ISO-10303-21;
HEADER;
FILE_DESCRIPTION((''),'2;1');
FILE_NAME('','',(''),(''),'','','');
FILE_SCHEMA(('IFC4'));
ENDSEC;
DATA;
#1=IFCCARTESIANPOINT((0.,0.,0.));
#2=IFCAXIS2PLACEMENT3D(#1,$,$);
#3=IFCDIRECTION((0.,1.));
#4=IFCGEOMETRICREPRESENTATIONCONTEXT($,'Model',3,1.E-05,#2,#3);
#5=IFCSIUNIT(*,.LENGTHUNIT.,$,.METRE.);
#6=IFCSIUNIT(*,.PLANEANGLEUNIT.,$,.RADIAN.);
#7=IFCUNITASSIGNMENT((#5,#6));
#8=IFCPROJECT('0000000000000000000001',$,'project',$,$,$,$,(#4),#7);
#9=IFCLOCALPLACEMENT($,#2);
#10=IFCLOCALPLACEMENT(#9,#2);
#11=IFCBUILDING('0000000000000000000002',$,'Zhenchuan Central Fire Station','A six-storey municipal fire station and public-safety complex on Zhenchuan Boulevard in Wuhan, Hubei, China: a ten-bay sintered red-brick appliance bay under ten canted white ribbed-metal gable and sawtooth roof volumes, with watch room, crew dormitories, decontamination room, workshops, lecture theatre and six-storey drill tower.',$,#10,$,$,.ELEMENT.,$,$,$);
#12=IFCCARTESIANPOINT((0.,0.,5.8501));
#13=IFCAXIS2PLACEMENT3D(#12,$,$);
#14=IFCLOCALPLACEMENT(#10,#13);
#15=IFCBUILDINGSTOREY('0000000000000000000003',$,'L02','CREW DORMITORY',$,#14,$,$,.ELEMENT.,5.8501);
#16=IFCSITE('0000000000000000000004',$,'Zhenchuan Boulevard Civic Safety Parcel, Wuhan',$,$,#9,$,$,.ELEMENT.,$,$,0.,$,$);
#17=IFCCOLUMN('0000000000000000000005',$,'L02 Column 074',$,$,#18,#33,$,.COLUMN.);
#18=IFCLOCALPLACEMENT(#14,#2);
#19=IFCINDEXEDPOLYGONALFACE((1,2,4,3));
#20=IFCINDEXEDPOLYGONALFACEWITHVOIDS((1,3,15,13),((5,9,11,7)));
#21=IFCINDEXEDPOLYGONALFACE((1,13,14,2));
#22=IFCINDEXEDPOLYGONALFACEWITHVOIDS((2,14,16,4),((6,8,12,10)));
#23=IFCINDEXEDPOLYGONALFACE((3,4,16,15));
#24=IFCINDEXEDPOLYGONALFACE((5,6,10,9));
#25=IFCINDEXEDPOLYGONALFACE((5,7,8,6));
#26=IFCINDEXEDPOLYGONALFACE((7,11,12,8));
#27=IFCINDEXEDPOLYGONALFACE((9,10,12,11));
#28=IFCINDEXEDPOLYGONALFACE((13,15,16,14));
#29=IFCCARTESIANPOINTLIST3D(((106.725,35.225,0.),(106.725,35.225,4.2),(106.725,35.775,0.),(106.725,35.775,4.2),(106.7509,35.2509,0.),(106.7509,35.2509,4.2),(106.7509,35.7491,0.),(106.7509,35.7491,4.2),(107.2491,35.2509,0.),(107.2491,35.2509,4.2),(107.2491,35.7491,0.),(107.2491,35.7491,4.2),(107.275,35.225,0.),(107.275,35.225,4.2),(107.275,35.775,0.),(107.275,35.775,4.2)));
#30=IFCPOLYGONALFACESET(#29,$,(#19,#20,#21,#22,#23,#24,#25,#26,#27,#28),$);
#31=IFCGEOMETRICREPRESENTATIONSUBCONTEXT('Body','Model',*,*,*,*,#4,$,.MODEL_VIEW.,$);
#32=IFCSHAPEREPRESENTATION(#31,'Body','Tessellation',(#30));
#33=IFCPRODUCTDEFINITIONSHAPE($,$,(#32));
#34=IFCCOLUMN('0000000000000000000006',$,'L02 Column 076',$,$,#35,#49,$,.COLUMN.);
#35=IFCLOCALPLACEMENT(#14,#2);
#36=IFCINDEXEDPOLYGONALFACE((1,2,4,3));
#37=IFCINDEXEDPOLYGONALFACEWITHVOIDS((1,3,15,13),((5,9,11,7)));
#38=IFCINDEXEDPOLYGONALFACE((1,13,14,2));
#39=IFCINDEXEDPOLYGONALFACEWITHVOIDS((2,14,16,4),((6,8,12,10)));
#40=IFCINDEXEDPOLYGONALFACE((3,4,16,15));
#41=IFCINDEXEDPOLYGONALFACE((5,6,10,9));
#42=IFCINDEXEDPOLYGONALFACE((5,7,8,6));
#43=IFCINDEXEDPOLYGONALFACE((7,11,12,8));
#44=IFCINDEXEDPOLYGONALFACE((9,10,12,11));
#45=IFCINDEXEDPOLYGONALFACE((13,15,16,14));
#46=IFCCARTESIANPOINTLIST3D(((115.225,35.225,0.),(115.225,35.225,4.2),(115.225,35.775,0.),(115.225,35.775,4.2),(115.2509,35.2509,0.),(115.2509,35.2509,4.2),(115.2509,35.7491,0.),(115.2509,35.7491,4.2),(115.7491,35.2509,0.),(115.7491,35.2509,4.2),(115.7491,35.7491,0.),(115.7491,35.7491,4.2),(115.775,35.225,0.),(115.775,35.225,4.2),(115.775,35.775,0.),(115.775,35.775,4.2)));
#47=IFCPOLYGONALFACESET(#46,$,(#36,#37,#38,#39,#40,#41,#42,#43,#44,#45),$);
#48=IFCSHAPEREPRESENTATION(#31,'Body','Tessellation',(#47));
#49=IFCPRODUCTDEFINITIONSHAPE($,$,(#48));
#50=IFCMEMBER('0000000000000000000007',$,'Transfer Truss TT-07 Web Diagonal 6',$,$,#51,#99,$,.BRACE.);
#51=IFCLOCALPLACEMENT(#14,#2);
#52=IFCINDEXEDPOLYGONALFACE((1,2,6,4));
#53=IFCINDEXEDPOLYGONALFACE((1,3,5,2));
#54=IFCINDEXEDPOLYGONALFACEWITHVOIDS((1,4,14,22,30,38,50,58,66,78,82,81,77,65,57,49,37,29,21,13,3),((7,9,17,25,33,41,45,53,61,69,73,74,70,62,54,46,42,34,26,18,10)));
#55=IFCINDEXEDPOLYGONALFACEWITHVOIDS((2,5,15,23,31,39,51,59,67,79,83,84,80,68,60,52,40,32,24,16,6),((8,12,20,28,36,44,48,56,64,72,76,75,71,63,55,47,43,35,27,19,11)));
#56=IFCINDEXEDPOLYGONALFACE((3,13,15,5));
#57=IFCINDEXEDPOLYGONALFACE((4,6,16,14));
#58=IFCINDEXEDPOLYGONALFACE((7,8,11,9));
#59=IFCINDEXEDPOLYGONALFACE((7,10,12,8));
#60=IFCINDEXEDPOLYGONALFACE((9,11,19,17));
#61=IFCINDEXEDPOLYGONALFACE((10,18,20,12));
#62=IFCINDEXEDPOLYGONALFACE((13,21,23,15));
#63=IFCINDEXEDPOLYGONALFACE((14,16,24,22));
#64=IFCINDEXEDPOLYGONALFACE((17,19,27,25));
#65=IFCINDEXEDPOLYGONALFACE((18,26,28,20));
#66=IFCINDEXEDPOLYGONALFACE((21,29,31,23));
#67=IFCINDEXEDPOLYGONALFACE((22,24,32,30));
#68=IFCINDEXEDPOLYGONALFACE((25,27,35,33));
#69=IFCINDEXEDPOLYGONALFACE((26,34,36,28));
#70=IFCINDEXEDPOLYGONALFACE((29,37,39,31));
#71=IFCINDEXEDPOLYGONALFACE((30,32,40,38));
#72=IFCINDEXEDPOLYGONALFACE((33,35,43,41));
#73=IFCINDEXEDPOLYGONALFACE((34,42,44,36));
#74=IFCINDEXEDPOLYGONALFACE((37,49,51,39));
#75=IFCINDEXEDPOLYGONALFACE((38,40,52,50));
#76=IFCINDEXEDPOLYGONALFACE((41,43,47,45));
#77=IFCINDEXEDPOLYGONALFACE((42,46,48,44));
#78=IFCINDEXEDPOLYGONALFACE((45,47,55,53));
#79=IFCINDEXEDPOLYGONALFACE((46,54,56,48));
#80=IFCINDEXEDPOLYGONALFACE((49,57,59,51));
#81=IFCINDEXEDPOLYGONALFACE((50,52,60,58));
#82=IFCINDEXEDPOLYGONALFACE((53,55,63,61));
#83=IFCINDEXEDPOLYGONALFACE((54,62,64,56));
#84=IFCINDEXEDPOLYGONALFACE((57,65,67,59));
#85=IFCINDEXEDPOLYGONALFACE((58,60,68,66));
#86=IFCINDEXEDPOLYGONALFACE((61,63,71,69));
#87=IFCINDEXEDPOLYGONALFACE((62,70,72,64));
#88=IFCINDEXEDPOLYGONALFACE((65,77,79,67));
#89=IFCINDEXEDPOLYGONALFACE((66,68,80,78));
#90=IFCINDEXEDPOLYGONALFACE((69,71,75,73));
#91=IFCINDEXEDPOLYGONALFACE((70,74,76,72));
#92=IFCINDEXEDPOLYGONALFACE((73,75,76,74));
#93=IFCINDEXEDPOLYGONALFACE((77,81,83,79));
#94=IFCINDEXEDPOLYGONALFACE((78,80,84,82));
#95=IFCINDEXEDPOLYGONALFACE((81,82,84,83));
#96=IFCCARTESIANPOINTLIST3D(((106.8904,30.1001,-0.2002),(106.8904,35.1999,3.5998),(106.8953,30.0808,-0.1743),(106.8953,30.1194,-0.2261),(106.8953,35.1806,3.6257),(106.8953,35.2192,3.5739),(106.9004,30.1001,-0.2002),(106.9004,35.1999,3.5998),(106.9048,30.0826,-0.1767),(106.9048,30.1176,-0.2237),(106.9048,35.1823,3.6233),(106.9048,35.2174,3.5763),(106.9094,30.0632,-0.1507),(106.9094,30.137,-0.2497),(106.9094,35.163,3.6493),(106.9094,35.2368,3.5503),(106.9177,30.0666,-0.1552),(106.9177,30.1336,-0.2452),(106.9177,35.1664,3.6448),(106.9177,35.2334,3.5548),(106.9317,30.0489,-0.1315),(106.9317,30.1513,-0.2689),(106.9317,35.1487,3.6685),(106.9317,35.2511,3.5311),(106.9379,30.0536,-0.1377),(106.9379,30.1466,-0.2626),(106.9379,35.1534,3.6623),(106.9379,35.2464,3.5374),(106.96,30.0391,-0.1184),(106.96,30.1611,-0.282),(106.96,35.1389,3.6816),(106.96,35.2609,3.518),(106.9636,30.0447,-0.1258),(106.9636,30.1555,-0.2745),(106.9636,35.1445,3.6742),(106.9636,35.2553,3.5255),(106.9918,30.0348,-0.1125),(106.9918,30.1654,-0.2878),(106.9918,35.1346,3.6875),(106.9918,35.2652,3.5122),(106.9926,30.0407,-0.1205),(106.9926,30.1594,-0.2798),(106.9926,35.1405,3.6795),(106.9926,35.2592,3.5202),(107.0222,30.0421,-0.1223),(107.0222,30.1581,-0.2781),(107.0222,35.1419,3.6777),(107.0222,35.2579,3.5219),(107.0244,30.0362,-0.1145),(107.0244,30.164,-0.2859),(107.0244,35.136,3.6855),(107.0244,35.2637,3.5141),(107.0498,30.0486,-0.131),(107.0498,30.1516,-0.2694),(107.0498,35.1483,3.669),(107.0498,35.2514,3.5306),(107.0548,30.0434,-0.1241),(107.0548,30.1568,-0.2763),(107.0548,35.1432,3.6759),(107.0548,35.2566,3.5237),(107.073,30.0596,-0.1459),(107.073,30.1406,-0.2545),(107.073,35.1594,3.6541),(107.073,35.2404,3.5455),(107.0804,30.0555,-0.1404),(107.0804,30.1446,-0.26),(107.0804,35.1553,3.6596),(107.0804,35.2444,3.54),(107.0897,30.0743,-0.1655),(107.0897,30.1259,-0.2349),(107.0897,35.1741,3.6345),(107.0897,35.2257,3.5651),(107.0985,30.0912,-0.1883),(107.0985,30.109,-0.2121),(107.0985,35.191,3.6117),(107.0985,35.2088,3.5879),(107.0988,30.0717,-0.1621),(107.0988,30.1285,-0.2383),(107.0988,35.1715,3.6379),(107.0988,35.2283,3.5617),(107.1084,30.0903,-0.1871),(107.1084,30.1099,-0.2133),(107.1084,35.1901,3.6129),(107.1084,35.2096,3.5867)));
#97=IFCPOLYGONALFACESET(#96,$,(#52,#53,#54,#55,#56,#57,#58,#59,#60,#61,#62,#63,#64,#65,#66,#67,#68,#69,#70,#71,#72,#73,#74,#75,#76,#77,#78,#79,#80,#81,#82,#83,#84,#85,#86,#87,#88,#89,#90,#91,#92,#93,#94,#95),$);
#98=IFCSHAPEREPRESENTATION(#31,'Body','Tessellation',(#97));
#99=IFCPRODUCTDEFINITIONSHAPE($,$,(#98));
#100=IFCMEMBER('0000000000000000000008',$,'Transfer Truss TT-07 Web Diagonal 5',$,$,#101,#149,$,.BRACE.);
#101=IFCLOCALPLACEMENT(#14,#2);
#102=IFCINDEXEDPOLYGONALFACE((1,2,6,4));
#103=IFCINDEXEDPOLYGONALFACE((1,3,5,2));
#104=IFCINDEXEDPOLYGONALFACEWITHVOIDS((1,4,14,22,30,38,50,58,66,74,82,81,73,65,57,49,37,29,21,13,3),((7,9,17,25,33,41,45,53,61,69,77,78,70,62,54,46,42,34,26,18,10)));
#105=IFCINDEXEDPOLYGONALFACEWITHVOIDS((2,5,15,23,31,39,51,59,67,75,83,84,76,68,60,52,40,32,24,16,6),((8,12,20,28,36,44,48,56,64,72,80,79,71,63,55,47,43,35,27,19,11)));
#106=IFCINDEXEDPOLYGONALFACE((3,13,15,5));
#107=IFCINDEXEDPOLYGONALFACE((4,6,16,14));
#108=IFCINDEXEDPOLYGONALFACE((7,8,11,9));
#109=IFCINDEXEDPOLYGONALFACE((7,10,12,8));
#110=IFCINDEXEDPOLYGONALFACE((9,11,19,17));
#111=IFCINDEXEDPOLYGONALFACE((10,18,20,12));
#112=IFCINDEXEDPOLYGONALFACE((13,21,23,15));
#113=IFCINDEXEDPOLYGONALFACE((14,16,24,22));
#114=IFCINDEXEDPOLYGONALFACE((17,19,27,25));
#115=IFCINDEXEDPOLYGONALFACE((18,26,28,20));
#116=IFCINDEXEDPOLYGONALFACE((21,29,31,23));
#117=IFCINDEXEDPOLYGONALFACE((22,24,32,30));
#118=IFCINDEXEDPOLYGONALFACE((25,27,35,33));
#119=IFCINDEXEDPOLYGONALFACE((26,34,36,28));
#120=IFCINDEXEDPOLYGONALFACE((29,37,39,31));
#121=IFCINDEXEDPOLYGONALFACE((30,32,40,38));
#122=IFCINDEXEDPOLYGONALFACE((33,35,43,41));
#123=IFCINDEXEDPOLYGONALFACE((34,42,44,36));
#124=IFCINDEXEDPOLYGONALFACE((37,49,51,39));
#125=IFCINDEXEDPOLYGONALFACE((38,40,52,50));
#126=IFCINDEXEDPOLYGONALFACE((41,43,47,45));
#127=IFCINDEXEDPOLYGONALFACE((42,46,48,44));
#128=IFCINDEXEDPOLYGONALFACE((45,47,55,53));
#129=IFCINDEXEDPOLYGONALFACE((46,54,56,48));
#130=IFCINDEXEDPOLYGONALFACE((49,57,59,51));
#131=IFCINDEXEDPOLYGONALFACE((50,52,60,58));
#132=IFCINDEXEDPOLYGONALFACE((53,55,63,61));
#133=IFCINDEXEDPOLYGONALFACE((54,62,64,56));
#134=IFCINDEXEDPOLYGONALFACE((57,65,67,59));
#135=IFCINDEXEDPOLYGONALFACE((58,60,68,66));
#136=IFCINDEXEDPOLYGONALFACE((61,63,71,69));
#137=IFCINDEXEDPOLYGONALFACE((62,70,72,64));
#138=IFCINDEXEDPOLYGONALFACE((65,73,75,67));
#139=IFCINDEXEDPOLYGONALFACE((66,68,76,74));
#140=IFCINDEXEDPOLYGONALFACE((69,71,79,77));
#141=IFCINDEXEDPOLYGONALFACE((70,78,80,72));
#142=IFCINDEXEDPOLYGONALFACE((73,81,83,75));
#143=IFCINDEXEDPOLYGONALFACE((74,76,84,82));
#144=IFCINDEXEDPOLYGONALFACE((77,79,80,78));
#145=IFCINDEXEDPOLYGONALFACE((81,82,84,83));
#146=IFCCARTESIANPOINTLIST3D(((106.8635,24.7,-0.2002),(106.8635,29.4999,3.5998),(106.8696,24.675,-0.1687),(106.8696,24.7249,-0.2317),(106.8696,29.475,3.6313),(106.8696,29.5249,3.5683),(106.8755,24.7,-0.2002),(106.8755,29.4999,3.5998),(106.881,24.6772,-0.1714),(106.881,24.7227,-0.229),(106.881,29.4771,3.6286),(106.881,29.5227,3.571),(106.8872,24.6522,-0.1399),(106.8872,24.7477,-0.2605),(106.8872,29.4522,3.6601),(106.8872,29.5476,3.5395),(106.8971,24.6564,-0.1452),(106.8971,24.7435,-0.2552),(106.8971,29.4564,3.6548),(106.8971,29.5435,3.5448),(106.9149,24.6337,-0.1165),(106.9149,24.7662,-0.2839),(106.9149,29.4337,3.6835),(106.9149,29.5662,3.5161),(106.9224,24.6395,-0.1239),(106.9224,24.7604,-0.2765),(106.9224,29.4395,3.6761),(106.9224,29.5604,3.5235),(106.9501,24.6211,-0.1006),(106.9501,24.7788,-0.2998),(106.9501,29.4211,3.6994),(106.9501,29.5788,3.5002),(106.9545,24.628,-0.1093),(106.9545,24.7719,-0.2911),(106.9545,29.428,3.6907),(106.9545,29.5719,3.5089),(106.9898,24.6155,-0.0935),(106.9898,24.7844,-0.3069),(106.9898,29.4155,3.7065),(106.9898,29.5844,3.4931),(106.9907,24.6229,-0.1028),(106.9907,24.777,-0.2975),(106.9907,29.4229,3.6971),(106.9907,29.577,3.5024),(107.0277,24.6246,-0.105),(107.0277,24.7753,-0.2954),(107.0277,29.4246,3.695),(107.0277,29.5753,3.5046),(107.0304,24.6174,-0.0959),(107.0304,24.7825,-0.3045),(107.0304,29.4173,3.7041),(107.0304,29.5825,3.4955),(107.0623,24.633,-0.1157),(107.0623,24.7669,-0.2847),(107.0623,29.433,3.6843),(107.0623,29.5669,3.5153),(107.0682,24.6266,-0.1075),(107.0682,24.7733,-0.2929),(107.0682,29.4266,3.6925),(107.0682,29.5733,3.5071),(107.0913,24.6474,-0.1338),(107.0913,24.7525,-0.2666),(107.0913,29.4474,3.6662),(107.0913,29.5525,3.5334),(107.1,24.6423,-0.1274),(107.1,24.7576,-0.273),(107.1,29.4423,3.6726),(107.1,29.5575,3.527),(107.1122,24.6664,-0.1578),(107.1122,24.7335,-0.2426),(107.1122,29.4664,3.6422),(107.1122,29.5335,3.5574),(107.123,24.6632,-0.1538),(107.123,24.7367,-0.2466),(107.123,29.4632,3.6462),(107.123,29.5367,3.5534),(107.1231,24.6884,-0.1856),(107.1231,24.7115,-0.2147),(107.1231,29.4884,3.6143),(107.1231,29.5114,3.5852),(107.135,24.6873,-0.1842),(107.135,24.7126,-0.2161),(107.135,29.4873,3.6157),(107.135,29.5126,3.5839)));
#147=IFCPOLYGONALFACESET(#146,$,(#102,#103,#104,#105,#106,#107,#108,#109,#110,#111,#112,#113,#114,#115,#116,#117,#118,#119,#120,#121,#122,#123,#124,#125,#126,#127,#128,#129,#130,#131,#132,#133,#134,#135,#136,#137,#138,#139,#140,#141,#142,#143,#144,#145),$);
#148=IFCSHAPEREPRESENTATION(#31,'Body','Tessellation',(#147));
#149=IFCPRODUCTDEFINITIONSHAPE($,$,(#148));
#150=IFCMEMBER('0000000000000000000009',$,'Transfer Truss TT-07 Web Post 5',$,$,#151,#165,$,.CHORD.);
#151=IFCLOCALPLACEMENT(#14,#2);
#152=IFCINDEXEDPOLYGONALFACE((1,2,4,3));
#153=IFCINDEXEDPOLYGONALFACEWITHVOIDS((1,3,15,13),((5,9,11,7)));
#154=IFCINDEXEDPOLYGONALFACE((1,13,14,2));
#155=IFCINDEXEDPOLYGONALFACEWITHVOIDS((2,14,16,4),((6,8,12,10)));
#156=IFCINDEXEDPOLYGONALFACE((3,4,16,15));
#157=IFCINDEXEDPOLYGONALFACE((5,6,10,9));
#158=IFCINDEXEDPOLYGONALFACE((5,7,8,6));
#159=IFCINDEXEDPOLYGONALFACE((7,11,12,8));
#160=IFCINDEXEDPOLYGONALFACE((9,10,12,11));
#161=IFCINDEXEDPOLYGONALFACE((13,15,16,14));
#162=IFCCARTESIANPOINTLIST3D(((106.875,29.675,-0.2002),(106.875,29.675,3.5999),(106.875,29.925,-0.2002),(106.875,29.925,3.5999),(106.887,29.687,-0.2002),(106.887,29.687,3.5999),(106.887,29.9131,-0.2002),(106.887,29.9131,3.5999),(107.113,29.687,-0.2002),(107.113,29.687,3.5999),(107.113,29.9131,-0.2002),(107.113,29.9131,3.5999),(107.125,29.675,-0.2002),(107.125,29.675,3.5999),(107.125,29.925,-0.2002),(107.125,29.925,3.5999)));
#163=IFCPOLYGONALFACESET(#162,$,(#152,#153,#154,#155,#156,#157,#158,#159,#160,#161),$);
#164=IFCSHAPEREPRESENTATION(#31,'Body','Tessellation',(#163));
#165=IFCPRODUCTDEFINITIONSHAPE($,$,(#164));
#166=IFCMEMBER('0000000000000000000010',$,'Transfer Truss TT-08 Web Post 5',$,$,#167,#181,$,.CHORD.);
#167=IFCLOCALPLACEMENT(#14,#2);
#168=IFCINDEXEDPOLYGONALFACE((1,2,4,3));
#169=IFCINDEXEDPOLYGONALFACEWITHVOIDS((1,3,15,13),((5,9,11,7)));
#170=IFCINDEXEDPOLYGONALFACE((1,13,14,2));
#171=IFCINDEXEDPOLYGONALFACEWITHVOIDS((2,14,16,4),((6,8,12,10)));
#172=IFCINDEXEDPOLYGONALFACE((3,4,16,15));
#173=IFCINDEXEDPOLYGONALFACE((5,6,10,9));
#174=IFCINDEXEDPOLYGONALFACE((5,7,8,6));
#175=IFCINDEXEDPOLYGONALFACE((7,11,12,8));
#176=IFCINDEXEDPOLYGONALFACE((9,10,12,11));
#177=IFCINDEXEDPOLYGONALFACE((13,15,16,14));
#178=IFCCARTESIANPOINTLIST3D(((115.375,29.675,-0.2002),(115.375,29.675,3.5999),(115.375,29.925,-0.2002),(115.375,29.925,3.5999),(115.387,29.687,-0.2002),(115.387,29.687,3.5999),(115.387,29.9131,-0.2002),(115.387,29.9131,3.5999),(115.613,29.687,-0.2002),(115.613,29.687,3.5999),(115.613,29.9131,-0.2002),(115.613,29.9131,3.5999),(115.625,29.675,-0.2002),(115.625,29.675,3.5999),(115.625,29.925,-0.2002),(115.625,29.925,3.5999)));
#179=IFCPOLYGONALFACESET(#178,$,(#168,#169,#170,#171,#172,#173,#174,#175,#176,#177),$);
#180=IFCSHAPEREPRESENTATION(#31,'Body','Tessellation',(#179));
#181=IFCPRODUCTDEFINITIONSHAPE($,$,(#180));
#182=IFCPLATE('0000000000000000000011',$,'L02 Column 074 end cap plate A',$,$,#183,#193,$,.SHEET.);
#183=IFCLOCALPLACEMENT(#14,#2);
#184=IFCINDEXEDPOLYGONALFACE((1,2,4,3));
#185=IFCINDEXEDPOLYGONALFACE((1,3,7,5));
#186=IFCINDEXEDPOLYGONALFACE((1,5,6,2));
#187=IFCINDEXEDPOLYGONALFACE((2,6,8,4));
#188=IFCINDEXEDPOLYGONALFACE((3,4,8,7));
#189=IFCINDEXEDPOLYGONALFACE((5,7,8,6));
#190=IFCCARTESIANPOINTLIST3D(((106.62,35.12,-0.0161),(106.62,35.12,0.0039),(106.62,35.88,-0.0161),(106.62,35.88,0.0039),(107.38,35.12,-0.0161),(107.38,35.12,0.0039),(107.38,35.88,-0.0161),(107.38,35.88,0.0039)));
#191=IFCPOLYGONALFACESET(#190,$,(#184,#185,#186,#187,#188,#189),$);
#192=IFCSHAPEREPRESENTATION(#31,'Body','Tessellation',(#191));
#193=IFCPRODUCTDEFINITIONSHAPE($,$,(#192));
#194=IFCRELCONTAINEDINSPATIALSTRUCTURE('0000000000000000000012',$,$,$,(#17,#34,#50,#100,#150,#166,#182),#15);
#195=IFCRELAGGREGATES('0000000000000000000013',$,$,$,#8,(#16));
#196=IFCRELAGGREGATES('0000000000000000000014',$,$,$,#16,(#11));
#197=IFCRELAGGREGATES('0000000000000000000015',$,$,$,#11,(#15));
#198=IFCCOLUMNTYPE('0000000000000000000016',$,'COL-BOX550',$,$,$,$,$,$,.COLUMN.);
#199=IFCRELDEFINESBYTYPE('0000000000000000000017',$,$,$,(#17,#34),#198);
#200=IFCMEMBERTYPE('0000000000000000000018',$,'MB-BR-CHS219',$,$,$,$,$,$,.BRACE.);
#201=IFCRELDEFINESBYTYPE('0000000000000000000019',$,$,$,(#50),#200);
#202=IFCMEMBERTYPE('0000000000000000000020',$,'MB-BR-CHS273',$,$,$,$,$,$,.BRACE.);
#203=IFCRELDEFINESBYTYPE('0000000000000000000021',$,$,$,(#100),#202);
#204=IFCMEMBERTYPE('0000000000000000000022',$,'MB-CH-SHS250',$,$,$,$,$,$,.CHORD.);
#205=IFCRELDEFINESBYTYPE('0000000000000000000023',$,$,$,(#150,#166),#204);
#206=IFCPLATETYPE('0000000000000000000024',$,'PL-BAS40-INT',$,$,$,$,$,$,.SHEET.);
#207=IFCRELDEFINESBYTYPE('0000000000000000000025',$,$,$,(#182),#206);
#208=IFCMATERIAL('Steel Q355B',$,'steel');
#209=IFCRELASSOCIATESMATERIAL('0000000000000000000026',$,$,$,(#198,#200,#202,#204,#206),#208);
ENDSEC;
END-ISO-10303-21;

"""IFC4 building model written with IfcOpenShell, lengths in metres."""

from ifc_helpers import new_model, si_unit, direction, frame, origin, origin_2d, place, context, subcontext, project, spatial, rectangle, hollow_rectangle, hollow_circle, extrude, material, material_profile, profile_set, type_object, element, save


model = new_model("IFC4")

# Units and contexts
model_context = context("Model", 3, precision=1e-05, world=origin(), true_north=direction((0.0, 1.0)))
body_context = subcontext(model_context, "Body", "Model", "MODEL_VIEW")
ifc_project = project(units=[si_unit("LENGTHUNIT", "METRE"), si_unit("PLANEANGLEUNIT", "RADIAN")], contexts=[model_context])

# Site, building, storey
site_placement = place(None, origin())
site = spatial("IfcSite", under=ifc_project, at=site_placement, Name="Zhenchuan Boulevard Civic Safety Parcel, Wuhan", CompositionType="ELEMENT", RefElevation=0.0)
building_placement = place(site_placement, origin())
building = spatial("IfcBuilding", under=site, at=building_placement, Name="Zhenchuan Central Fire Station", Description="A six-storey municipal fire station and public-safety complex on Zhenchuan Boulevard in Wuhan, Hubei, China: a ten-bay sintered red-brick appliance bay under ten canted white ribbed-metal gable and sawtooth roof volumes, with watch room, crew dormitories, decontamination room, workshops, lecture theatre and six-storey drill tower.", CompositionType="ELEMENT")
storey_placement = place(building_placement, frame((0.0, 0.0, 5.8501)))
storey = spatial("IfcBuildingStorey", under=building, at=storey_placement, Name="L02", Description="CREW DORMITORY", CompositionType="ELEMENT", Elevation=5.8501)

# Columns
ifc_material_1 = material(Name="Steel Q355B", Category="steel")
ifc_material_profile_1 = material_profile(ifc_material_1, hollow_rectangle(XDim=0.55, YDim=0.55, WallThickness=0.0259, at=origin_2d()), Name="BOX 550x550x26")
ifc_profile_set_1 = profile_set([ifc_material_profile_1], Name="Steel Q355B")
column_type = type_object("IfcColumnType", Name="COL-BOX550", PredefinedType="COLUMN", material=ifc_profile_set_1)
for number, where, z_axis, x_axis, name in (
    (1, (107.0, 35.5, 0.0), (0.0, 0.0, 1.0), (1.0, 0.0, 0.0), "L02 Column 074"),
    (2, (115.5, 35.5, 0.0), (0.0, 0.0, 1.0), (1.0, 0.0, 0.0), "L02 Column 076"),
):
    element("IfcColumn", number, at=place(storey_placement, frame(where, z_axis=z_axis, x_axis=x_axis)), inside=storey, type_object=column_type, Name=name, PredefinedType="COLUMN", context=body_context, shape_type="SweptSolid", body=[
        extrude(hollow_rectangle(XDim=0.55, YDim=0.55, WallThickness=0.0259, at=origin_2d()), origin(), (0.0, 0.0, 1.0), 4.2),
    ])

# Members
ifc_material_profile_2 = material_profile(ifc_material_1, hollow_circle(Radius=0.1096, WallThickness=0.01, at=origin_2d()), Name="CHS 219.1x10")
ifc_profile_set_2 = profile_set([ifc_material_profile_2], Name="Steel Q355B")
member_type_1 = type_object("IfcMemberType", Name="MB-BR-CHS219", PredefinedType="BRACE", material=ifc_profile_set_2)
member_1_placement = place(storey_placement, frame((107.0, 30.1001, -0.2002), z_axis=(0.0, 0.801871, 0.597497), x_axis=(-1.0, 0.0, 0.0)))
element("IfcMember", 3, at=member_1_placement, inside=storey, type_object=member_type_1, Name="Transfer Truss TT-07 Web Diagonal 6", PredefinedType="BRACE", context=body_context, shape_type="SweptSolid", body=[
    extrude(hollow_circle(Radius=0.1096, WallThickness=0.01, at=origin_2d()), origin(), (0.0, 0.0, 1.0), 6.3599),
])
ifc_material_profile_3 = material_profile(ifc_material_1, hollow_circle(Radius=0.1365, WallThickness=0.012, at=origin_2d()), Name="CHS 273x12")
ifc_profile_set_3 = profile_set([ifc_material_profile_3], Name="Steel Q355B")
member_type_2 = type_object("IfcMemberType", Name="MB-BR-CHS273", PredefinedType="BRACE", material=ifc_profile_set_3)
member_2_placement = place(storey_placement, frame((107.0, 24.7, -0.2002), z_axis=(0.0, 0.784045, 0.620704), x_axis=(-1.0, 0.0, 0.0)))
element("IfcMember", 4, at=member_2_placement, inside=storey, type_object=member_type_2, Name="Transfer Truss TT-07 Web Diagonal 5", PredefinedType="BRACE", context=body_context, shape_type="SweptSolid", body=[
    extrude(hollow_circle(Radius=0.1365, WallThickness=0.012, at=origin_2d()), origin(), (0.0, 0.0, 1.0), 6.1221),
])
ifc_material_profile_4 = material_profile(ifc_material_1, hollow_rectangle(XDim=0.25, YDim=0.25, WallThickness=0.012, at=origin_2d()), Name="SHS 250x250x12")
ifc_profile_set_4 = profile_set([ifc_material_profile_4], Name="Steel Q355B")
member_type_3 = type_object("IfcMemberType", Name="MB-CH-SHS250", PredefinedType="CHORD", material=ifc_profile_set_4)
for number, where, z_axis, x_axis, name in (
    (5, (107.0, 29.8, -0.2002), (0.0, 0.0, 1.0), (1.0, 0.0, 0.0), "Transfer Truss TT-07 Web Post 5"),
    (6, (115.5, 29.8, -0.2002), (0.0, 0.0, 1.0), (1.0, 0.0, 0.0), "Transfer Truss TT-08 Web Post 5"),
):
    element("IfcMember", number, at=place(storey_placement, frame(where, z_axis=z_axis, x_axis=x_axis)), inside=storey, type_object=member_type_3, Name=name, PredefinedType="CHORD", context=body_context, shape_type="SweptSolid", body=[
        extrude(hollow_rectangle(XDim=0.25, YDim=0.25, WallThickness=0.012, at=origin_2d()), origin(), (0.0, 0.0, 1.0), 3.8),
    ])

# Plate
ifc_material_profile_5 = material_profile(ifc_material_1, rectangle(XDim=0.76, YDim=0.76, at=origin_2d()), Name="PL 760x760x40")
ifc_profile_set_5 = profile_set([ifc_material_profile_5], Name="Steel Q355B")
plate_type_1 = type_object("IfcPlateType", Name="PL-BAS40-INT", PredefinedType="SHEET", material=ifc_profile_set_5)
for number, where, z_axis, x_axis, name in (
    (7, (107.0, 35.5, -0.0161), (0.0, 0.0, 1.0), (1.0, 0.0, 0.0), "L02 Column 074 end cap plate A"),
):
    element("IfcPlate", number, at=place(storey_placement, frame(where, z_axis=z_axis, x_axis=x_axis)), inside=storey, type_object=plate_type_1, Name=name, PredefinedType="SHEET", context=body_context, shape_type="SweptSolid", body=[
        extrude(rectangle(XDim=0.76, YDim=0.76, at=origin_2d()), origin(), (0.0, 0.0, 1.0), 0.02),
    ])

save(model, "model.ifc")
